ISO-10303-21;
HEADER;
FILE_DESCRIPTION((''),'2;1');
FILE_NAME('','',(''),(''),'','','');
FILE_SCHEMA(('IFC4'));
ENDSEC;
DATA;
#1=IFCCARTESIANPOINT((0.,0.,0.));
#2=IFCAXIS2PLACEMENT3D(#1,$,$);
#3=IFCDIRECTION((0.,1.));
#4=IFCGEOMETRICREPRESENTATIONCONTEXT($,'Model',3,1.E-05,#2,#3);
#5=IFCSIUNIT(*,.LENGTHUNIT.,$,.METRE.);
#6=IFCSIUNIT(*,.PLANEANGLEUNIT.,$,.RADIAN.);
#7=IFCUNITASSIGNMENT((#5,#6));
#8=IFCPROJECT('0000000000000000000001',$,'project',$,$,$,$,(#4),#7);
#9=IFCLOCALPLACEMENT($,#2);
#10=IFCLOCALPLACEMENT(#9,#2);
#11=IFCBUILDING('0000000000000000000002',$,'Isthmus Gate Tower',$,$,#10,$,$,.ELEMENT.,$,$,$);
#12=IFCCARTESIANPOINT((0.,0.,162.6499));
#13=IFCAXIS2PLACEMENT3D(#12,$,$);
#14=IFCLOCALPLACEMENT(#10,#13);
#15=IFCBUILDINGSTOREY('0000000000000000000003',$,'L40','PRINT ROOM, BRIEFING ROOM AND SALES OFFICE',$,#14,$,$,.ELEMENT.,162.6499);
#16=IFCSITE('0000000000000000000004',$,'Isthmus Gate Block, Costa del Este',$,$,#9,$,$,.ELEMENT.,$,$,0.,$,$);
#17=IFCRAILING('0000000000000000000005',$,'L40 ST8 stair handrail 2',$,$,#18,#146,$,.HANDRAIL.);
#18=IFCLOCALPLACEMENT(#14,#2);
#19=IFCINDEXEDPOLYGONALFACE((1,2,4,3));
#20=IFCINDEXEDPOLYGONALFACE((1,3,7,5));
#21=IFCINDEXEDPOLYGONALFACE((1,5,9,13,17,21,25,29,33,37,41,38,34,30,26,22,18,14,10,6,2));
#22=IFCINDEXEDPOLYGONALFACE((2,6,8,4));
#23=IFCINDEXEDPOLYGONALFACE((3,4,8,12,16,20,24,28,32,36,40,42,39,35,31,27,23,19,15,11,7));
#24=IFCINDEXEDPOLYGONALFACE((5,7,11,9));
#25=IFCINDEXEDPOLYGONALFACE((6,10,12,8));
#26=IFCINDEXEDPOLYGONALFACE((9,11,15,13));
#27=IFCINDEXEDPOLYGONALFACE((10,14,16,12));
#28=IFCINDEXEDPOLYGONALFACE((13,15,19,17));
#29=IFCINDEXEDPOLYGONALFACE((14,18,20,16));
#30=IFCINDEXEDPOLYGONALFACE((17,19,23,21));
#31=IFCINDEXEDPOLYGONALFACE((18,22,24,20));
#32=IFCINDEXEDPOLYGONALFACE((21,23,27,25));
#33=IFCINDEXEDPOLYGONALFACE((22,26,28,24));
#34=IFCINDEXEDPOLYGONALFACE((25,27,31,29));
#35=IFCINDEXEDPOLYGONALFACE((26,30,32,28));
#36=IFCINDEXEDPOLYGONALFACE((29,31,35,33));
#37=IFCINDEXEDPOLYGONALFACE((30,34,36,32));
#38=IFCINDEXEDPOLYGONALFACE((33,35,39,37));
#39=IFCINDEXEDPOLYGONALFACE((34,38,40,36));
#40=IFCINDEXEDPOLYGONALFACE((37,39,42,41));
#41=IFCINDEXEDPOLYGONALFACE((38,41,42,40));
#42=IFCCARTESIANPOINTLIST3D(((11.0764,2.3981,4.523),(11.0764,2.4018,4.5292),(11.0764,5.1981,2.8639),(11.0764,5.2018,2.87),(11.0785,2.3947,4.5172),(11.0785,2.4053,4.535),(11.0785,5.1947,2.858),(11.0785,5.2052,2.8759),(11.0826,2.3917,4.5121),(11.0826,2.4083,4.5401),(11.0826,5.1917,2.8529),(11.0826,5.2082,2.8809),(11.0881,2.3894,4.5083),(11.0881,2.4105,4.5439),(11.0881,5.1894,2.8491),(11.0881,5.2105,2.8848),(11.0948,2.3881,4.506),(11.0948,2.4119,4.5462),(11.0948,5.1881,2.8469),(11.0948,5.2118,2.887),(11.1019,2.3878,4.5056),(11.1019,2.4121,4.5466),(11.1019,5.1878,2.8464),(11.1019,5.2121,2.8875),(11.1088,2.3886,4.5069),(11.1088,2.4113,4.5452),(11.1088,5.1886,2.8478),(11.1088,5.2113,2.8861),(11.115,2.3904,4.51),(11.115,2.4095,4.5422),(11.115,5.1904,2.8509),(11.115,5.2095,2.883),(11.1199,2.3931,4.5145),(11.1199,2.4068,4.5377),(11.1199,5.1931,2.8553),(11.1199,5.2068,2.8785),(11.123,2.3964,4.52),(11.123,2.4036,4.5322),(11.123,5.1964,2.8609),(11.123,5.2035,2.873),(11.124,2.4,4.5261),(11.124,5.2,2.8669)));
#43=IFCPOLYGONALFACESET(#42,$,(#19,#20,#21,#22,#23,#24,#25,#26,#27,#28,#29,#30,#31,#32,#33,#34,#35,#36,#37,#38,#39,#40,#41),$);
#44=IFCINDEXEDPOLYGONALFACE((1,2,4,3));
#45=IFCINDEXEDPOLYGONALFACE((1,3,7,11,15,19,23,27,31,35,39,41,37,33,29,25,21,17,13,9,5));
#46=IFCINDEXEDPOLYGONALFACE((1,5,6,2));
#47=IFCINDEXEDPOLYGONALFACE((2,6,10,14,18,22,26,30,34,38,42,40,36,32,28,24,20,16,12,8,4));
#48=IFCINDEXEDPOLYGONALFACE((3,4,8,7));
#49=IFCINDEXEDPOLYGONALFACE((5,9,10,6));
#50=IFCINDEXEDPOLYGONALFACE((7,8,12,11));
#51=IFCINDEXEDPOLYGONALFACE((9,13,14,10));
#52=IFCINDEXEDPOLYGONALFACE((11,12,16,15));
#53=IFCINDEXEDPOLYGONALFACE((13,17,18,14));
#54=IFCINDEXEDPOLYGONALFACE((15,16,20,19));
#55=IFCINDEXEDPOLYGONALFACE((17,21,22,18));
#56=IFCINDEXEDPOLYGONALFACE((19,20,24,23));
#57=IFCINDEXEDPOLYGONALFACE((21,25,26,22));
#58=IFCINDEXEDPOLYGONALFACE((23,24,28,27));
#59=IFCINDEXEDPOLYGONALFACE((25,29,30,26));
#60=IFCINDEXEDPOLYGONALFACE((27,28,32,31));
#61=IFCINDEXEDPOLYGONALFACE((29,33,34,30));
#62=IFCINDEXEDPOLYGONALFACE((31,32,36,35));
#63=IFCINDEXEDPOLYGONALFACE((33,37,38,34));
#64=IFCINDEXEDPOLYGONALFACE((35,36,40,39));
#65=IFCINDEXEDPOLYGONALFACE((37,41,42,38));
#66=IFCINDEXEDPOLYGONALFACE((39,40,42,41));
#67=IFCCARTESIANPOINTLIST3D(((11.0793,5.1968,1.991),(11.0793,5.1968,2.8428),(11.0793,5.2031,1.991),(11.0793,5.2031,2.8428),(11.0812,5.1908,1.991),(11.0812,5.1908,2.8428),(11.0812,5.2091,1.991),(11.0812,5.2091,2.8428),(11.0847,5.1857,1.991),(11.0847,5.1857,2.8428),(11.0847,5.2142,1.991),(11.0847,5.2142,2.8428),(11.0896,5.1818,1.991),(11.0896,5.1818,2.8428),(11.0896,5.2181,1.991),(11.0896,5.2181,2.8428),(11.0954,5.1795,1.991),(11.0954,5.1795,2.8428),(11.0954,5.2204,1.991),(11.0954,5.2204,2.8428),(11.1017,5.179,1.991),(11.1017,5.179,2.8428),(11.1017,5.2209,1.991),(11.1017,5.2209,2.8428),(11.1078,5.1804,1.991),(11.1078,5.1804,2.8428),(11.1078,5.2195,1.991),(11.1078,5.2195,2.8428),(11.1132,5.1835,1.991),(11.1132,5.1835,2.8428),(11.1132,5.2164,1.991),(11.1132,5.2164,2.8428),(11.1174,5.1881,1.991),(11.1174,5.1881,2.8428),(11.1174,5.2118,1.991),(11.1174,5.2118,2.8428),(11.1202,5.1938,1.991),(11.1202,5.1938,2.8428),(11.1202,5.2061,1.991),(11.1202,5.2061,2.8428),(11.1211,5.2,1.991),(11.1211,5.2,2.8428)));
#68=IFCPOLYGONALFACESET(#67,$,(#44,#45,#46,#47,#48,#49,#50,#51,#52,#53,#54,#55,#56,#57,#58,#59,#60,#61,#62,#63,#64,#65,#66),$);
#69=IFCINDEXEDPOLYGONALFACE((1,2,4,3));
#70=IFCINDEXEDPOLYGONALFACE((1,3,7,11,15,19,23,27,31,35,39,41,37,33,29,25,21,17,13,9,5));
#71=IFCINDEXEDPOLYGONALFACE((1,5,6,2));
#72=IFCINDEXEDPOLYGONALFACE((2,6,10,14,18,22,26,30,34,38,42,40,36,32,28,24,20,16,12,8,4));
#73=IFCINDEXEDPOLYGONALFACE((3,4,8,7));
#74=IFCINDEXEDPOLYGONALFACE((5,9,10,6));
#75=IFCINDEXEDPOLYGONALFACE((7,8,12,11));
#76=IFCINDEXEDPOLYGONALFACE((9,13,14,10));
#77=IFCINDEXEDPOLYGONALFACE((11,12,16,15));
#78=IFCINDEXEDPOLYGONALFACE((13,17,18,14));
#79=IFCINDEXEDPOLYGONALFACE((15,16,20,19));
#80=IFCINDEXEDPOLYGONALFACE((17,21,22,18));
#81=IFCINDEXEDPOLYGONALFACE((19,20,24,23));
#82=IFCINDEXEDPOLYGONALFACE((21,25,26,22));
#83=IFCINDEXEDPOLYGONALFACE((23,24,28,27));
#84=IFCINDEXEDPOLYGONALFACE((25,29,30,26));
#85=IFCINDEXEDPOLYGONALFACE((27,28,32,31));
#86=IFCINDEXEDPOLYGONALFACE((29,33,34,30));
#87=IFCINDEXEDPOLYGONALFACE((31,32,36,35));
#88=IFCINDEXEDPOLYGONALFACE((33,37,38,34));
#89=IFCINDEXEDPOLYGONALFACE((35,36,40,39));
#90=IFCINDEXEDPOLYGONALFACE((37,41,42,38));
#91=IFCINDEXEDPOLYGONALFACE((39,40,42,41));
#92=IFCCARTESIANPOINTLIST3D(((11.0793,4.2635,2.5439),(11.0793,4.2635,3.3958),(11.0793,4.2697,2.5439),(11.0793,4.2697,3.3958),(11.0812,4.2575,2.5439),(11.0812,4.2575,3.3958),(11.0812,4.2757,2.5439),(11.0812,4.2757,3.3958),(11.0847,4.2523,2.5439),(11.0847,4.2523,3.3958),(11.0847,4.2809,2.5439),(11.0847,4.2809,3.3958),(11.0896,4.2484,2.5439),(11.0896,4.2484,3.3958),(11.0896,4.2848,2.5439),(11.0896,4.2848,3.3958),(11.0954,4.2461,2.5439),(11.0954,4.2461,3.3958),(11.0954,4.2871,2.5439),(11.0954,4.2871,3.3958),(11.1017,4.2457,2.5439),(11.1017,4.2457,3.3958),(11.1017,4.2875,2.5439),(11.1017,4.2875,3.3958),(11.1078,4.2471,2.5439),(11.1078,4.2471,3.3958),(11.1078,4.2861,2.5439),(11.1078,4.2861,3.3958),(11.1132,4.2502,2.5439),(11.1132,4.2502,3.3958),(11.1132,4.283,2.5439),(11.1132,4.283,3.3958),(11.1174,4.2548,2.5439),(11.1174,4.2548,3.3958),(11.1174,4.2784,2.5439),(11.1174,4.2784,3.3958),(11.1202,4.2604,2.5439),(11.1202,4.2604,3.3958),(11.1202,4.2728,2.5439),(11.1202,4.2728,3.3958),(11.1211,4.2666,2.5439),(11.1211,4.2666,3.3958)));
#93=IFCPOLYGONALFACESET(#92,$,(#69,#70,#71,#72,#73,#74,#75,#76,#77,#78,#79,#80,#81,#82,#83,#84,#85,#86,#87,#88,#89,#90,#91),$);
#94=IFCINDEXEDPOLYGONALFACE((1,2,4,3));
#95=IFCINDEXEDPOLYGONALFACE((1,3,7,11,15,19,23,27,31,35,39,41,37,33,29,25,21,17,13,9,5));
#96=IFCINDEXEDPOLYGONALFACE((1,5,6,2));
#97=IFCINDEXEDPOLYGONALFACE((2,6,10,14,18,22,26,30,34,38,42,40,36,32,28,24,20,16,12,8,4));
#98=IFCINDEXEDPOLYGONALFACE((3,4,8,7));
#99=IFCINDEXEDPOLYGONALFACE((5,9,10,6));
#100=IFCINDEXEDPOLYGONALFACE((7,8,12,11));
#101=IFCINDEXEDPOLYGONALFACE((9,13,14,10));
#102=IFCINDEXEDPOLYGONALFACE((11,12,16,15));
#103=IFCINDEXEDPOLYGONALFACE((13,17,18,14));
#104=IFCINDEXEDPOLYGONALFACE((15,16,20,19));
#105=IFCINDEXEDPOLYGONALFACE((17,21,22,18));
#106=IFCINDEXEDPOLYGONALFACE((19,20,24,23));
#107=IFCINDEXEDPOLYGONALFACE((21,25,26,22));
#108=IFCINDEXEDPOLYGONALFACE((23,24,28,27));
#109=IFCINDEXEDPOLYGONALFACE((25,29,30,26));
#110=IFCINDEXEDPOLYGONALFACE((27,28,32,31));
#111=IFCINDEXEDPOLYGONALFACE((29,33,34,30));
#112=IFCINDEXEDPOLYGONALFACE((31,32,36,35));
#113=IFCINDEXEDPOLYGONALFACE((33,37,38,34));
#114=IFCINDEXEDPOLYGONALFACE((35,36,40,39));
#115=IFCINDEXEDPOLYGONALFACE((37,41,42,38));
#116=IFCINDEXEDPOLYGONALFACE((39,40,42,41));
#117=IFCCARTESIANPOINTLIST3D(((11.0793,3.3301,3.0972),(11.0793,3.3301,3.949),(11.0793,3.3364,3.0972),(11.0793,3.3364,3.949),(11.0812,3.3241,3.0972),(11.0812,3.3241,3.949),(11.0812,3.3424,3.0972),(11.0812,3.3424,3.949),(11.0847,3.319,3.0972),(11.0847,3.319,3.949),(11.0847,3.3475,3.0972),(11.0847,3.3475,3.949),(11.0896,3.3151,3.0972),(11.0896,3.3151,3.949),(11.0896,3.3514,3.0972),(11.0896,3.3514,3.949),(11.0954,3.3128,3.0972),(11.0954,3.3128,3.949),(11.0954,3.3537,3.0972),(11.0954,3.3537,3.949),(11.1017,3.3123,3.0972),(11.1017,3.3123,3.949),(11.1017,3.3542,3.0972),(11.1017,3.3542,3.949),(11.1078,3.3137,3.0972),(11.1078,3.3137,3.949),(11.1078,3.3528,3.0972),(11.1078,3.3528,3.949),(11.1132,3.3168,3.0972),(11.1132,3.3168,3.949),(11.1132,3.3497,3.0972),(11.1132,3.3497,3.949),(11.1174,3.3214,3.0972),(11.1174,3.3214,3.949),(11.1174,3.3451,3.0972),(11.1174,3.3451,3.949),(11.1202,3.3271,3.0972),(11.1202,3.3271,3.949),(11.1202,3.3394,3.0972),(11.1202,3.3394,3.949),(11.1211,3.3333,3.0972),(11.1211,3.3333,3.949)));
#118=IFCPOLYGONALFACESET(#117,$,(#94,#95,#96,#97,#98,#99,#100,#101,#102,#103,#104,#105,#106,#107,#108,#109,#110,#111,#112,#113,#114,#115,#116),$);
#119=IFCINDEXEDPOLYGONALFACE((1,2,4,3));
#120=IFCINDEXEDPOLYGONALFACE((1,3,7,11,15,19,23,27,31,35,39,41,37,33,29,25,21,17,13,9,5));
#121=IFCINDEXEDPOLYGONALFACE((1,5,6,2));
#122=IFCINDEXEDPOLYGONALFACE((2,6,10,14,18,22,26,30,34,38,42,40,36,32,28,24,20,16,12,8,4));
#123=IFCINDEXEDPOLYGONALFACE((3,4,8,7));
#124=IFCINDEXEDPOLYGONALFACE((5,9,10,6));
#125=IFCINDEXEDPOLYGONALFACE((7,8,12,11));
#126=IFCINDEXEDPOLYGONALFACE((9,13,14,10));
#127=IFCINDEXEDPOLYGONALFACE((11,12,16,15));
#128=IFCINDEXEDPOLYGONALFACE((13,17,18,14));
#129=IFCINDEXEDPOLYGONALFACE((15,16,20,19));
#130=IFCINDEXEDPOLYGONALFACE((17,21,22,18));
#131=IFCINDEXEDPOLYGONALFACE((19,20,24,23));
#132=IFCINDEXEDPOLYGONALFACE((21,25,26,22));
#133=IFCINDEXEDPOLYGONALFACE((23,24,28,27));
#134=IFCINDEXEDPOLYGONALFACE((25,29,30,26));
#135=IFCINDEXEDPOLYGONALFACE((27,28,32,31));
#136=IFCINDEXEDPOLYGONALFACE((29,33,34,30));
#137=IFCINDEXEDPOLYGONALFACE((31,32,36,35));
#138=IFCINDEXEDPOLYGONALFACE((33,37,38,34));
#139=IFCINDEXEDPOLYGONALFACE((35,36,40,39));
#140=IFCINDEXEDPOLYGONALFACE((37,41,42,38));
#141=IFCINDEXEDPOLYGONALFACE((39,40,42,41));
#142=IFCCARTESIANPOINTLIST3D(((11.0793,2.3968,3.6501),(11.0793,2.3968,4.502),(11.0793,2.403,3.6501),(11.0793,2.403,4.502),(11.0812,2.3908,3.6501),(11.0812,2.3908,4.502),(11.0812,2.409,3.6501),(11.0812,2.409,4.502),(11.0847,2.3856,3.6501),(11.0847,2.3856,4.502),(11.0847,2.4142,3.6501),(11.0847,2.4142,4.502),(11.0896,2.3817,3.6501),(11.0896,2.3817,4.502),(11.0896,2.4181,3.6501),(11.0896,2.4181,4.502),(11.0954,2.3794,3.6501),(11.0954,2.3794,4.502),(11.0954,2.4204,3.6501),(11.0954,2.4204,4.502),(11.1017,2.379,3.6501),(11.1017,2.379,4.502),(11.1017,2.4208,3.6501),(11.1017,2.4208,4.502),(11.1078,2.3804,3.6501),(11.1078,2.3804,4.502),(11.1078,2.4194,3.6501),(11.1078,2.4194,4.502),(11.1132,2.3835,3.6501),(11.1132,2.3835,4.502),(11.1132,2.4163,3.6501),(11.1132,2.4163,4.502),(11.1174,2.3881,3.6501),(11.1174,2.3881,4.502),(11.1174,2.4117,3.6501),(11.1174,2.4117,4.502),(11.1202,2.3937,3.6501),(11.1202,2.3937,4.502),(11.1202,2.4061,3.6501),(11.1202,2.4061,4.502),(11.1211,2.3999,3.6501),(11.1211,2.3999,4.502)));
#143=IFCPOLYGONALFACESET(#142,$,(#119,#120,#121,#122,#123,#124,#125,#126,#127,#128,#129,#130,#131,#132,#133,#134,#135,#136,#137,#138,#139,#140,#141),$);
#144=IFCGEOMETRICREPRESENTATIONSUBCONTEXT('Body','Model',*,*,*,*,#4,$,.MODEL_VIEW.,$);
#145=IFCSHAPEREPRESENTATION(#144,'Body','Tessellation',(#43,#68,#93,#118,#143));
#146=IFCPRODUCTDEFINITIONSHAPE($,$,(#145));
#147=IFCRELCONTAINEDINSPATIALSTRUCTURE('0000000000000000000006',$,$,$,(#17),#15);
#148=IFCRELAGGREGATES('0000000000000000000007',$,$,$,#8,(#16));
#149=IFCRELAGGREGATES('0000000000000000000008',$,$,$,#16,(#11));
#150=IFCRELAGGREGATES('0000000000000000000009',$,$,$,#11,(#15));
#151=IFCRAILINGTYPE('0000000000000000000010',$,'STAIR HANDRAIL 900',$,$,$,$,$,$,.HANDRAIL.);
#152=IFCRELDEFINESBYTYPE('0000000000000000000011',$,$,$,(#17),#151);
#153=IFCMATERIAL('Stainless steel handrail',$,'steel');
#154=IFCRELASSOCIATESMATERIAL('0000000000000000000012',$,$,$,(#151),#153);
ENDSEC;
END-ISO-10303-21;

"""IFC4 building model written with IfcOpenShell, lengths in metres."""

from ifc_helpers import new_model, si_unit, direction, frame, origin, origin_2d, place, context, subcontext, project, spatial, circle, extrude, material, type_object, element, save


model = new_model("IFC4")

# Units and contexts
model_context = context("Model", 3, precision=1e-05, world=origin(), true_north=direction((0.0, 1.0)))
body_context = subcontext(model_context, "Body", "Model", "MODEL_VIEW")
ifc_project = project(units=[si_unit("LENGTHUNIT", "METRE"), si_unit("PLANEANGLEUNIT", "RADIAN")], contexts=[model_context])

# Site, building, storey
site_placement = place(None, origin())
site = spatial("IfcSite", under=ifc_project, at=site_placement, Name="Isthmus Gate Block, Costa del Este", CompositionType="ELEMENT", RefElevation=0.0)
building_placement = place(site_placement, origin())
building = spatial("IfcBuilding", under=site, at=building_placement, Name="Isthmus Gate Tower", CompositionType="ELEMENT")
storey_placement = place(building_placement, frame((0.0, 0.0, 162.6499)))
storey = spatial("IfcBuildingStorey", under=building, at=storey_placement, Name="L40", Description="PRINT ROOM, BRIEFING ROOM AND SALES OFFICE", CompositionType="ELEMENT", Elevation=162.6499)

# Railing
ifc_material_1 = material(Name="Stainless steel handrail", Category="steel")
railing_type_1 = type_object("IfcRailingType", Name="STAIR HANDRAIL 900", PredefinedType="HANDRAIL", material=ifc_material_1)
for number, where, name in (
    (1, (11.1001, 5.2, 1.991), "L40 ST8 stair handrail 2"),
):
    element("IfcRailing", number, at=place(storey_placement, frame(where)), inside=storey, type_object=railing_type_1, Name=name, PredefinedType="HANDRAIL", context=body_context, shape_type="SweptSolid", body=[
        extrude(circle(Radius=0.0239, at=origin_2d()), frame((0.0, 0.0, 0.876), z_axis=(0.0, -0.860306, 0.509778), x_axis=(1.0, 0.0, 0.0)), (0.0, 0.0, 1.0), 3.2546),
        extrude(circle(Radius=0.021, at=origin_2d()), origin(), (0.0, 0.0, 1.0), 0.8518),
        extrude(circle(Radius=0.021, at=origin_2d()), frame((0.0, -0.9333, 0.553)), (0.0, 0.0, 1.0), 0.8518),
        extrude(circle(Radius=0.021, at=origin_2d()), frame((0.0, -1.8667, 1.1062)), (0.0, 0.0, 1.0), 0.8518),
        extrude(circle(Radius=0.021, at=origin_2d()), frame((0.0, -2.8, 1.6592)), (0.0, 0.0, 1.0), 0.8518),
    ])

save(model, "model.ifc")
